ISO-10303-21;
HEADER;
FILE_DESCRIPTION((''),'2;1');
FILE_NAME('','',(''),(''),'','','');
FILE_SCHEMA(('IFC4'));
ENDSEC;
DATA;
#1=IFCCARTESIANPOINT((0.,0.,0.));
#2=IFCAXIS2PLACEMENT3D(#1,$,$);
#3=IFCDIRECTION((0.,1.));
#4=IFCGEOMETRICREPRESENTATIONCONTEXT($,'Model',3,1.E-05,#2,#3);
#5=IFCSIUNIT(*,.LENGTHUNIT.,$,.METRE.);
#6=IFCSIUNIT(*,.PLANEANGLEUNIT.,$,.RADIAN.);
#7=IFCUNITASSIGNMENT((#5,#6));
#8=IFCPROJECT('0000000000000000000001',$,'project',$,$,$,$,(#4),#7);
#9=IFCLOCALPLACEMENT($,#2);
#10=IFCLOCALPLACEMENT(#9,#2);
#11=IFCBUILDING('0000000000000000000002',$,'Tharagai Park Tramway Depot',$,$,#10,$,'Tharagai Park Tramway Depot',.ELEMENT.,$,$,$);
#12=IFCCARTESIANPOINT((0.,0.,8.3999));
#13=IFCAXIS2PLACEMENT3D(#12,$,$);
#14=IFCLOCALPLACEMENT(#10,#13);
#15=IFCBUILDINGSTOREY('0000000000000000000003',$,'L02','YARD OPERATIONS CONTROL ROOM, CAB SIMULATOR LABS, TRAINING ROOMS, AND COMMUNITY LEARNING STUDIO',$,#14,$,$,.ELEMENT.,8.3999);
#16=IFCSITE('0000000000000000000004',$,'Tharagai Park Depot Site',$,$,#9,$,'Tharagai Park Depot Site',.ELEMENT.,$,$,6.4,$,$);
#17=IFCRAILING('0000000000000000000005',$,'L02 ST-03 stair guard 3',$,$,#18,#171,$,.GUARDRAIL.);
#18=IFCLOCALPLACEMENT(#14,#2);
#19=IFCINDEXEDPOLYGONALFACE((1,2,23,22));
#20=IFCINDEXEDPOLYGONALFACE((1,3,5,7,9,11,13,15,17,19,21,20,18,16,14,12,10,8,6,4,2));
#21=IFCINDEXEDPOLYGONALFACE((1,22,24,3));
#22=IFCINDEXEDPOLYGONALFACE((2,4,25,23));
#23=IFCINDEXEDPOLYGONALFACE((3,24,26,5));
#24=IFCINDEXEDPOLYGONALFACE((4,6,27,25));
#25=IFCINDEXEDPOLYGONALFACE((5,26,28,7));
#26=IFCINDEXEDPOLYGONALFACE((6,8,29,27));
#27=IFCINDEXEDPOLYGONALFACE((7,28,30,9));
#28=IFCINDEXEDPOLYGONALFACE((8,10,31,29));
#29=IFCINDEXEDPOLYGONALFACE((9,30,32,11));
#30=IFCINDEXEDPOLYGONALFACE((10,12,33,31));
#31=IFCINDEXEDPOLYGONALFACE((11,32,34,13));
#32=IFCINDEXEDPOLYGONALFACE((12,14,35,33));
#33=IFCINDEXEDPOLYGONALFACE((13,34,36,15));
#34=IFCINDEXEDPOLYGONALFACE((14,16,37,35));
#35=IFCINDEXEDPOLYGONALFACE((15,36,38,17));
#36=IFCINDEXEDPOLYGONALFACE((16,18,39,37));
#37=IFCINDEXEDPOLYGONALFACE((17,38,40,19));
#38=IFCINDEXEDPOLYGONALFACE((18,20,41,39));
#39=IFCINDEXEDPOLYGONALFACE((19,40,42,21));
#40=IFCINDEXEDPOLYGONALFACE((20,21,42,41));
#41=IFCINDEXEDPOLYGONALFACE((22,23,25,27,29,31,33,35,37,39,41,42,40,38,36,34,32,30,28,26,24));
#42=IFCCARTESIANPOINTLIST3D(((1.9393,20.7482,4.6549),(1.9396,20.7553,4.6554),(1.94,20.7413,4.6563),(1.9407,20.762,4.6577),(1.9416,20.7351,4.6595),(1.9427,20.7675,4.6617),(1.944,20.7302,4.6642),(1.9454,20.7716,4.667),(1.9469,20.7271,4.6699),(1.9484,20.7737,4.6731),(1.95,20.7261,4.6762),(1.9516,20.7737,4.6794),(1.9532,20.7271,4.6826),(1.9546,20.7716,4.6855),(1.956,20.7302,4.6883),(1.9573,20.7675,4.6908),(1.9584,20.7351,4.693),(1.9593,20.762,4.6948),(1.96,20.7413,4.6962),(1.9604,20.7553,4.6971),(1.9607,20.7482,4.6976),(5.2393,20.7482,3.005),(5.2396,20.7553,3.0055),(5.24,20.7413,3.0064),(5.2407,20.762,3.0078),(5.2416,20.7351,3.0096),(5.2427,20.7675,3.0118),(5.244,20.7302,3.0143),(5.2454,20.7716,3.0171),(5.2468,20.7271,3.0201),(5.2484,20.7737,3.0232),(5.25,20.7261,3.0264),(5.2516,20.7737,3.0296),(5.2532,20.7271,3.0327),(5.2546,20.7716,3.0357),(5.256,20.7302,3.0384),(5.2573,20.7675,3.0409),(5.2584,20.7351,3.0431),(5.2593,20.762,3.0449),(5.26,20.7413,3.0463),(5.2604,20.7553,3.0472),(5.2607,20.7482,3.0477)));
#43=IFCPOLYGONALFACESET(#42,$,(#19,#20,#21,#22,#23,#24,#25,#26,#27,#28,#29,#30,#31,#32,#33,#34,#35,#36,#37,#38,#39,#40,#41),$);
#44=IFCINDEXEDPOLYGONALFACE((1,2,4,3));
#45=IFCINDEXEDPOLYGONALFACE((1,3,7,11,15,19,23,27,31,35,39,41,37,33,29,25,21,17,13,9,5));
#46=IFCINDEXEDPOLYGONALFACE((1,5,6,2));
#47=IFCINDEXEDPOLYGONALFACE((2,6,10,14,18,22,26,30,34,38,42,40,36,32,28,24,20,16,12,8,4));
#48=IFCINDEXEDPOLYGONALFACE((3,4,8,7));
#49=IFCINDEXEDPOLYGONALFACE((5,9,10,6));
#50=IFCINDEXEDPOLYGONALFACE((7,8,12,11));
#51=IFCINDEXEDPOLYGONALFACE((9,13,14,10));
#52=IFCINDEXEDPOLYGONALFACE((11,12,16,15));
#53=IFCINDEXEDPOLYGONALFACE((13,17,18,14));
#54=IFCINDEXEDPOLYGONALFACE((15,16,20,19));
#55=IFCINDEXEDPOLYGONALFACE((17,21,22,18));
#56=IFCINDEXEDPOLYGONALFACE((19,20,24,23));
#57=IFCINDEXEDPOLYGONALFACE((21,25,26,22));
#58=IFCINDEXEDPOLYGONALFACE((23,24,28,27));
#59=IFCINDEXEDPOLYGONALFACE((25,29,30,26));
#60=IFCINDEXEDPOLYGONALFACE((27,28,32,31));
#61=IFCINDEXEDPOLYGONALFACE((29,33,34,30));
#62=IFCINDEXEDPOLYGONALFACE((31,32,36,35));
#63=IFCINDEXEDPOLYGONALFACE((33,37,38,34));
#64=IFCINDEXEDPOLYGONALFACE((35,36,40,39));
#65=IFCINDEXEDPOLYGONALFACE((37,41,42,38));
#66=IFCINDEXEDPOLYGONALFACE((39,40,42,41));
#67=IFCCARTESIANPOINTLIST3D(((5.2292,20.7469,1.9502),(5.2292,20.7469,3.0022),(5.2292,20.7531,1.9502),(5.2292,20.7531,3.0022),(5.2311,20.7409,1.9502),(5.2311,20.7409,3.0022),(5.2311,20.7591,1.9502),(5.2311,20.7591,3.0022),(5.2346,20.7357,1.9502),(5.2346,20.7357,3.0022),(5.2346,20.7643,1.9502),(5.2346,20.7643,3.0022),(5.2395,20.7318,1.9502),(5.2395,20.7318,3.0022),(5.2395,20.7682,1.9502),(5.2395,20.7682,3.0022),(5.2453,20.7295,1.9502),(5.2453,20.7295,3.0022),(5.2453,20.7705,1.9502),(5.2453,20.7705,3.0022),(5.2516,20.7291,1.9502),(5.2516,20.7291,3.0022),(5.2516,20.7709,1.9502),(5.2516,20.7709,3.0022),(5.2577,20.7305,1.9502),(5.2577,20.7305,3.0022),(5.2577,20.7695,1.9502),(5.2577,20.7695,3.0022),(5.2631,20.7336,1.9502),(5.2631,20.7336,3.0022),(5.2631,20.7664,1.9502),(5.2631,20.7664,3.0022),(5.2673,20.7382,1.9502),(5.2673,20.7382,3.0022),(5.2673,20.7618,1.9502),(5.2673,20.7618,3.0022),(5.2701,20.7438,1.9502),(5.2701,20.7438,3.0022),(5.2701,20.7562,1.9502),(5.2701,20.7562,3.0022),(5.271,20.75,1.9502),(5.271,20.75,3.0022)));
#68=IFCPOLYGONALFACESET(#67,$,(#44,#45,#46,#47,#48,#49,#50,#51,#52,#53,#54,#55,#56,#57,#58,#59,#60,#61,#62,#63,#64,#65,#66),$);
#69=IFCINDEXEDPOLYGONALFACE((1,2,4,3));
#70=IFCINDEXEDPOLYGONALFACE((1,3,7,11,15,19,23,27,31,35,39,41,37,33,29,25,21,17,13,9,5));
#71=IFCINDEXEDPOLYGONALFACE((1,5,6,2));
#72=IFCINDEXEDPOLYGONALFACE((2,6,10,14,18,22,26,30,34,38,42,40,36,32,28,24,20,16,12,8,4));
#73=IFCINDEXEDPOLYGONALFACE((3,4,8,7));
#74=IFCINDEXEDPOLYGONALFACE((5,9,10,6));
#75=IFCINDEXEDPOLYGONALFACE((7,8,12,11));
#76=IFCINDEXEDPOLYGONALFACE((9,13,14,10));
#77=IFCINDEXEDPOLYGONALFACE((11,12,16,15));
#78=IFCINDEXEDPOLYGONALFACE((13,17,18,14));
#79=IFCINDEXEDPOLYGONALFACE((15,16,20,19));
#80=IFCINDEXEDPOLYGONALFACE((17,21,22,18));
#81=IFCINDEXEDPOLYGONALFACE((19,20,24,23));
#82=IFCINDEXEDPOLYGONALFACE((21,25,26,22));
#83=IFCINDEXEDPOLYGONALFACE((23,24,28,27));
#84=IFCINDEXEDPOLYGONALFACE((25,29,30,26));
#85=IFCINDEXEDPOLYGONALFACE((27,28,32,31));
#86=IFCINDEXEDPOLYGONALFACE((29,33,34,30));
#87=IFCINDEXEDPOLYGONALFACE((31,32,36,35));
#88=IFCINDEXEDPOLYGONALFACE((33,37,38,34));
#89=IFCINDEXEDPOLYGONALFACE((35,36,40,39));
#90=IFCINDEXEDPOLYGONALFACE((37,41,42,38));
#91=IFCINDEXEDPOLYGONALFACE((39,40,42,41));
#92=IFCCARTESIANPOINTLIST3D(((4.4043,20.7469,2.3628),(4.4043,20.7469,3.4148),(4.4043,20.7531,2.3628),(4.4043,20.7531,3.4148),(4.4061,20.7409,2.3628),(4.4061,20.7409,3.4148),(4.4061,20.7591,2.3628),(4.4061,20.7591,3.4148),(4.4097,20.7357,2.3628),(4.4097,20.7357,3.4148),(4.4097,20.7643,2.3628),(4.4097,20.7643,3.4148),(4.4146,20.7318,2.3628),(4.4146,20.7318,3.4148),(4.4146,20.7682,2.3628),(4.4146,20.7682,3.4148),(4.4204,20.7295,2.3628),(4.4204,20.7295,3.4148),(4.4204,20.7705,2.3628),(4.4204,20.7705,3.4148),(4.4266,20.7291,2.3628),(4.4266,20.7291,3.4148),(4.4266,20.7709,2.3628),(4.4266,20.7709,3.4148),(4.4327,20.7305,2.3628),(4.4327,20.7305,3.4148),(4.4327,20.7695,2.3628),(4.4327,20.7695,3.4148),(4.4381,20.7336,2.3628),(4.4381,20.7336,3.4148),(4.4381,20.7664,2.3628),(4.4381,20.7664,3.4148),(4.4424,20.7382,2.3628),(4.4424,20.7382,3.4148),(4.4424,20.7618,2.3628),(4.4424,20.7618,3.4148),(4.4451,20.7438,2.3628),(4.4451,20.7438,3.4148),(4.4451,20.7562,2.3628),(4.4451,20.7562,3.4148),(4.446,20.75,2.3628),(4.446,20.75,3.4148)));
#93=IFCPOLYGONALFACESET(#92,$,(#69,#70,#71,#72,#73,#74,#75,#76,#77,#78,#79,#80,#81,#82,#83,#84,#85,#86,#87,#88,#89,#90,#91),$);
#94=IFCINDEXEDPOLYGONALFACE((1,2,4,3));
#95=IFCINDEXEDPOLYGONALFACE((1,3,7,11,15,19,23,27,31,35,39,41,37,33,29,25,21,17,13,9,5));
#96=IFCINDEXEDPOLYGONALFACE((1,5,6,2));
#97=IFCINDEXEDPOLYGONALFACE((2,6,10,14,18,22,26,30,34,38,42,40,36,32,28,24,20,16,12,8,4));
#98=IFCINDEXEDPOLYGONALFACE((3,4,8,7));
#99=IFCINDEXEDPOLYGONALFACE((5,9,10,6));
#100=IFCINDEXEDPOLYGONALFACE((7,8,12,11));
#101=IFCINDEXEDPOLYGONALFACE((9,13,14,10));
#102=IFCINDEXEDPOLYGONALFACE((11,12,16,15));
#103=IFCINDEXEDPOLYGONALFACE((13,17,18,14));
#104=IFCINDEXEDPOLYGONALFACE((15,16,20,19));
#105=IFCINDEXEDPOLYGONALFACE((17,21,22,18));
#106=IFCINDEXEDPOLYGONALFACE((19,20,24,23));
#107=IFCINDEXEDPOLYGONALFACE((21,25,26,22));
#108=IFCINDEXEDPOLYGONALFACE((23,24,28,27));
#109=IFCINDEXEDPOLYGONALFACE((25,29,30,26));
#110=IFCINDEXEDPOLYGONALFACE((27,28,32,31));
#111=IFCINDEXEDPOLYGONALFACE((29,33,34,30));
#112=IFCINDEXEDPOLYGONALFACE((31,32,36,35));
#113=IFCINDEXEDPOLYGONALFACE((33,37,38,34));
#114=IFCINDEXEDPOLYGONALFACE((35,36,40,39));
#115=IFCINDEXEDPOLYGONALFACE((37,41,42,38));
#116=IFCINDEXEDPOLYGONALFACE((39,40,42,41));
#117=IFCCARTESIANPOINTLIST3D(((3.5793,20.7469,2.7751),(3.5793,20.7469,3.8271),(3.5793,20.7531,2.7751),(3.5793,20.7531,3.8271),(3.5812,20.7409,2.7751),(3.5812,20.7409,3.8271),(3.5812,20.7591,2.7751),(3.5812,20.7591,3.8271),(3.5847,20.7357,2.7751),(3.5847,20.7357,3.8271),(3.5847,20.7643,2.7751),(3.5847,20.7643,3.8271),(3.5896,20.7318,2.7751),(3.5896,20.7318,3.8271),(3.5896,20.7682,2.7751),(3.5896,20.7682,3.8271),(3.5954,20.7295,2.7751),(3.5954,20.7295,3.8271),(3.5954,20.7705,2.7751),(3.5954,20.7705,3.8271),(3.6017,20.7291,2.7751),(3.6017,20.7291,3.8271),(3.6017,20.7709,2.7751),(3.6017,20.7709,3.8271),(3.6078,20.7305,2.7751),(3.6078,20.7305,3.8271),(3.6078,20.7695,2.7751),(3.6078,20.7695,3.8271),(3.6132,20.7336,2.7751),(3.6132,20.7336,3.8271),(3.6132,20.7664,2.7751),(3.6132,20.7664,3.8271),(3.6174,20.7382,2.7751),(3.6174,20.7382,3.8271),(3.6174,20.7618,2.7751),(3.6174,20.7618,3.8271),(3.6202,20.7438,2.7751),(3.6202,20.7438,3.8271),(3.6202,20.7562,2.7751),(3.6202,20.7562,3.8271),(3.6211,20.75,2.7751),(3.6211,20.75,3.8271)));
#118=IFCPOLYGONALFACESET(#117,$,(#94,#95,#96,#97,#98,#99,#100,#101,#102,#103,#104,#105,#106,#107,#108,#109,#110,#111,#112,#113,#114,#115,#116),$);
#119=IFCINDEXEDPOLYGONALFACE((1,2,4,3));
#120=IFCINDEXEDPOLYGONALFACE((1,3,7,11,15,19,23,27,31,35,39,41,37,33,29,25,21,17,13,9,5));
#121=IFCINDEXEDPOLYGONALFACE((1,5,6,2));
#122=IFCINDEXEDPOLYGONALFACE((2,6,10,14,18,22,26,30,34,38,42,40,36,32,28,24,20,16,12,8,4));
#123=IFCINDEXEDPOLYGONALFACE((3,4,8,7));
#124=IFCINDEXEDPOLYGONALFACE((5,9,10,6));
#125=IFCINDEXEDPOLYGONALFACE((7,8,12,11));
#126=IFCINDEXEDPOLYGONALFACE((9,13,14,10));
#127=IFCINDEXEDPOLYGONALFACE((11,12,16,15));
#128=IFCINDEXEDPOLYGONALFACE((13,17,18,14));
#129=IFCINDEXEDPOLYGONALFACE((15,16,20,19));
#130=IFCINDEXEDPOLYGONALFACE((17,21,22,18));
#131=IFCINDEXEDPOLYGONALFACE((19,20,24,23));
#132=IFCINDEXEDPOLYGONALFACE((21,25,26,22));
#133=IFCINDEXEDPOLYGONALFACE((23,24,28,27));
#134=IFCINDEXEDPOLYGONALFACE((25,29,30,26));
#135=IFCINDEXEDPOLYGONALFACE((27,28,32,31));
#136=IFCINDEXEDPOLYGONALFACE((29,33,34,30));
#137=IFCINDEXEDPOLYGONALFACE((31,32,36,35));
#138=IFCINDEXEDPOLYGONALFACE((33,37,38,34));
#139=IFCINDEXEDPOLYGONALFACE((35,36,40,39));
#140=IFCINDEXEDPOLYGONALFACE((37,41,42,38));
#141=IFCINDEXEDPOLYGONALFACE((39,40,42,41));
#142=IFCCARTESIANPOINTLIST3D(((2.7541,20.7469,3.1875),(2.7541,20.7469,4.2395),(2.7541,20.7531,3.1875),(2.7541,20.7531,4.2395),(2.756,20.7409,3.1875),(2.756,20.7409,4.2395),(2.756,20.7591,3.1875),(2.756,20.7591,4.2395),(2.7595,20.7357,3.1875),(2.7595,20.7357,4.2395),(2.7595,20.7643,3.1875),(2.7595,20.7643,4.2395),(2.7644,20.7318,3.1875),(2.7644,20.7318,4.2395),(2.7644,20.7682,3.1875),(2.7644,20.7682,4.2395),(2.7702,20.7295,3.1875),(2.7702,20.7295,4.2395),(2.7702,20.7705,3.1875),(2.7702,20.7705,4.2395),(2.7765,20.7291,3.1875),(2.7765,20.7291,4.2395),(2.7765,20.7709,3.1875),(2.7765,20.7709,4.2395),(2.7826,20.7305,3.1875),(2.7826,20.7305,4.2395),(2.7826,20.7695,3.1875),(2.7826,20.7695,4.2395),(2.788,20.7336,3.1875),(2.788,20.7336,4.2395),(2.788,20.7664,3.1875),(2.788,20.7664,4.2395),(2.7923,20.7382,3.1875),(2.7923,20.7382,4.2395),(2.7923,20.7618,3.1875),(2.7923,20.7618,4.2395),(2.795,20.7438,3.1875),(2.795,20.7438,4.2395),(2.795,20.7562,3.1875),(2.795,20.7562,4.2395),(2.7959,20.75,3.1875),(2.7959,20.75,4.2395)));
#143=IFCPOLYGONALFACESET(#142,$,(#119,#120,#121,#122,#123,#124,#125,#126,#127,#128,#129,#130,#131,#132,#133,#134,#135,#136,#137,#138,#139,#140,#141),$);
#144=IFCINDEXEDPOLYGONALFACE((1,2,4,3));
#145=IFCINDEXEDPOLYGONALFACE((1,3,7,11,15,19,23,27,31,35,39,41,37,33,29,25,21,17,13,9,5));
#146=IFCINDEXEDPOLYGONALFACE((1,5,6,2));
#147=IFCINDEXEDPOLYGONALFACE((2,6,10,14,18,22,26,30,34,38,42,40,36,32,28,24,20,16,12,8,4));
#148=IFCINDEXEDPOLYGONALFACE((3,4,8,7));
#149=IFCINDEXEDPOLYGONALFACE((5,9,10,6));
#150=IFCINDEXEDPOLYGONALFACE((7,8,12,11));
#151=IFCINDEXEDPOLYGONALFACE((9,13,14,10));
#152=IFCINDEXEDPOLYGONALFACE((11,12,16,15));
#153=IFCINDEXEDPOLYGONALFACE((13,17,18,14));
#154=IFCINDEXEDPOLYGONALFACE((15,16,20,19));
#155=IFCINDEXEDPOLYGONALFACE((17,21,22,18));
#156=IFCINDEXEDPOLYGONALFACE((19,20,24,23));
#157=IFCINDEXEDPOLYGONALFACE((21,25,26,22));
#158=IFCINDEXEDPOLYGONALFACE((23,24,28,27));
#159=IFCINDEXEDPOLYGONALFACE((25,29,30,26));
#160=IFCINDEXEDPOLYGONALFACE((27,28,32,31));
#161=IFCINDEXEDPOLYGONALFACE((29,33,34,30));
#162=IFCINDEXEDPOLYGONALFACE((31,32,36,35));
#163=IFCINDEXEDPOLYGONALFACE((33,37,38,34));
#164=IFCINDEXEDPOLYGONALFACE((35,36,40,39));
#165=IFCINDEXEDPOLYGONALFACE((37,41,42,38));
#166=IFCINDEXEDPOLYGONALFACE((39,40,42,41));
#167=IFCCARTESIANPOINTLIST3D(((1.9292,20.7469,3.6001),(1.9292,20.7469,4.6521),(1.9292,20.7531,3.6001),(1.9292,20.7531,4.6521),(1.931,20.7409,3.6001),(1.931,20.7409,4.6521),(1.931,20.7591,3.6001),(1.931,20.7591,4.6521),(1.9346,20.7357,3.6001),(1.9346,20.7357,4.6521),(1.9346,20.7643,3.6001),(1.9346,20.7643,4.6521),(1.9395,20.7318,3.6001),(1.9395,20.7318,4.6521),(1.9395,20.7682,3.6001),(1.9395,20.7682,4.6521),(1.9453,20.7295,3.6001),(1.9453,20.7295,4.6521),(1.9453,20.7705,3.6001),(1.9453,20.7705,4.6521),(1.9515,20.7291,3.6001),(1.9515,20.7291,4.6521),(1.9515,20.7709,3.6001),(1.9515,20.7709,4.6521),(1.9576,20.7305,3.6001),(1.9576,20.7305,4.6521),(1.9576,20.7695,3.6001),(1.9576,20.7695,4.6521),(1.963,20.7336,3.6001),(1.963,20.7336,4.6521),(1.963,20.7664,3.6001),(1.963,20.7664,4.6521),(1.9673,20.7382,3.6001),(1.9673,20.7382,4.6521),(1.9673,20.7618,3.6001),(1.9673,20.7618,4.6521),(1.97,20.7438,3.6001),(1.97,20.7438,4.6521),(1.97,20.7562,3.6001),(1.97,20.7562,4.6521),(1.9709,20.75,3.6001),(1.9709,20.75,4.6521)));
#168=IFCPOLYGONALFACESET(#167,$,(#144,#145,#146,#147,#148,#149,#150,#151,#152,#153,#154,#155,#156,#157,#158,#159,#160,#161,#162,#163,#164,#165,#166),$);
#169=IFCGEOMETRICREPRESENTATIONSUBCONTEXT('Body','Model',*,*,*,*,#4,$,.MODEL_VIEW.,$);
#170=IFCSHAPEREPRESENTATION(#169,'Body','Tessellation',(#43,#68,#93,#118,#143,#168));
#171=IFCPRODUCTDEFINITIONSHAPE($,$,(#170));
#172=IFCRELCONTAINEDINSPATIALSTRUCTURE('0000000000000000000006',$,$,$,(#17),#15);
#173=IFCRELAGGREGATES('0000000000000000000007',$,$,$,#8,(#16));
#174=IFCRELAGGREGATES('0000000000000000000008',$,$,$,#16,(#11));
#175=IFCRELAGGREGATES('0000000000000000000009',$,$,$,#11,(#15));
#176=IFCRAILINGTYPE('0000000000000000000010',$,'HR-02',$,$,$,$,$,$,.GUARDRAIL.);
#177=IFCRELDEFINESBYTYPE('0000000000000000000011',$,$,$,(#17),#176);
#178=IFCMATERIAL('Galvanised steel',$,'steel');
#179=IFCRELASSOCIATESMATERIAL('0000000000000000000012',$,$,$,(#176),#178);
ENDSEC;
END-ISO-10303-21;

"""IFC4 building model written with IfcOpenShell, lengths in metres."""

from ifc_helpers import new_model, si_unit, direction, frame, origin, origin_2d, place, context, subcontext, project, spatial, circle, extrude, material, type_object, element, save


model = new_model("IFC4")

# Units and contexts
model_context = context("Model", 3, precision=1e-05, world=origin(), true_north=direction((0.0, 1.0)))
body_context = subcontext(model_context, "Body", "Model", "MODEL_VIEW")
ifc_project = project(units=[si_unit("LENGTHUNIT", "METRE"), si_unit("PLANEANGLEUNIT", "RADIAN")], contexts=[model_context])

# Site, building, storey
site_placement = place(None, origin())
site = spatial("IfcSite", under=ifc_project, at=site_placement, Name="Tharagai Park Depot Site", LongName="Tharagai Park Depot Site", CompositionType="ELEMENT", RefElevation=6.4)
building_placement = place(site_placement, origin())
building = spatial("IfcBuilding", under=site, at=building_placement, Name="Tharagai Park Tramway Depot", LongName="Tharagai Park Tramway Depot", CompositionType="ELEMENT")
storey_placement = place(building_placement, frame((0.0, 0.0, 8.3999)))
storey = spatial("IfcBuildingStorey", under=building, at=storey_placement, Name="L02", Description="YARD OPERATIONS CONTROL ROOM, CAB SIMULATOR LABS, TRAINING ROOMS, AND COMMUNITY LEARNING STUDIO", CompositionType="ELEMENT", Elevation=8.3999)

# Shared definitions
ifc_material_1 = material(Name="Galvanised steel", Category="steel")

# Railing
railing_type_1 = type_object("IfcRailingType", Name="HR-02", PredefinedType="GUARDRAIL", material=ifc_material_1)
railing_1_placement = place(storey_placement, frame((5.25, 20.75, 1.9502)))
element("IfcRailing", 1, at=railing_1_placement, inside=storey, type_object=railing_type_1, Name="L02 ST-03 stair guard 3", PredefinedType="GUARDRAIL", context=body_context, shape_type="SweptSolid", body=[
    extrude(circle(Radius=0.0239, at=origin_2d()), frame((0.0, 0.0, 1.0762), z_axis=(-0.89444, 0.0, 0.447187), x_axis=(0.0, -1.0, 0.0)), (0.0, 0.0, 1.0), 3.6895),
    extrude(circle(Radius=0.021, at=origin_2d()), origin(), (0.0, 0.0, 1.0), 1.052),
    extrude(circle(Radius=0.021, at=origin_2d()), frame((-0.825, 0.0, 0.4126)), (0.0, 0.0, 1.0), 1.052),
    extrude(circle(Radius=0.021, at=origin_2d()), frame((-1.6499, 0.0, 0.825)), (0.0, 0.0, 1.0), 1.052),
    extrude(circle(Radius=0.021, at=origin_2d()), frame((-2.4751, 0.0, 1.2373)), (0.0, 0.0, 1.0), 1.052),
    extrude(circle(Radius=0.021, at=origin_2d()), frame((-3.3, 0.0, 1.6499)), (0.0, 0.0, 1.0), 1.052),
])

save(model, "model.ifc")
